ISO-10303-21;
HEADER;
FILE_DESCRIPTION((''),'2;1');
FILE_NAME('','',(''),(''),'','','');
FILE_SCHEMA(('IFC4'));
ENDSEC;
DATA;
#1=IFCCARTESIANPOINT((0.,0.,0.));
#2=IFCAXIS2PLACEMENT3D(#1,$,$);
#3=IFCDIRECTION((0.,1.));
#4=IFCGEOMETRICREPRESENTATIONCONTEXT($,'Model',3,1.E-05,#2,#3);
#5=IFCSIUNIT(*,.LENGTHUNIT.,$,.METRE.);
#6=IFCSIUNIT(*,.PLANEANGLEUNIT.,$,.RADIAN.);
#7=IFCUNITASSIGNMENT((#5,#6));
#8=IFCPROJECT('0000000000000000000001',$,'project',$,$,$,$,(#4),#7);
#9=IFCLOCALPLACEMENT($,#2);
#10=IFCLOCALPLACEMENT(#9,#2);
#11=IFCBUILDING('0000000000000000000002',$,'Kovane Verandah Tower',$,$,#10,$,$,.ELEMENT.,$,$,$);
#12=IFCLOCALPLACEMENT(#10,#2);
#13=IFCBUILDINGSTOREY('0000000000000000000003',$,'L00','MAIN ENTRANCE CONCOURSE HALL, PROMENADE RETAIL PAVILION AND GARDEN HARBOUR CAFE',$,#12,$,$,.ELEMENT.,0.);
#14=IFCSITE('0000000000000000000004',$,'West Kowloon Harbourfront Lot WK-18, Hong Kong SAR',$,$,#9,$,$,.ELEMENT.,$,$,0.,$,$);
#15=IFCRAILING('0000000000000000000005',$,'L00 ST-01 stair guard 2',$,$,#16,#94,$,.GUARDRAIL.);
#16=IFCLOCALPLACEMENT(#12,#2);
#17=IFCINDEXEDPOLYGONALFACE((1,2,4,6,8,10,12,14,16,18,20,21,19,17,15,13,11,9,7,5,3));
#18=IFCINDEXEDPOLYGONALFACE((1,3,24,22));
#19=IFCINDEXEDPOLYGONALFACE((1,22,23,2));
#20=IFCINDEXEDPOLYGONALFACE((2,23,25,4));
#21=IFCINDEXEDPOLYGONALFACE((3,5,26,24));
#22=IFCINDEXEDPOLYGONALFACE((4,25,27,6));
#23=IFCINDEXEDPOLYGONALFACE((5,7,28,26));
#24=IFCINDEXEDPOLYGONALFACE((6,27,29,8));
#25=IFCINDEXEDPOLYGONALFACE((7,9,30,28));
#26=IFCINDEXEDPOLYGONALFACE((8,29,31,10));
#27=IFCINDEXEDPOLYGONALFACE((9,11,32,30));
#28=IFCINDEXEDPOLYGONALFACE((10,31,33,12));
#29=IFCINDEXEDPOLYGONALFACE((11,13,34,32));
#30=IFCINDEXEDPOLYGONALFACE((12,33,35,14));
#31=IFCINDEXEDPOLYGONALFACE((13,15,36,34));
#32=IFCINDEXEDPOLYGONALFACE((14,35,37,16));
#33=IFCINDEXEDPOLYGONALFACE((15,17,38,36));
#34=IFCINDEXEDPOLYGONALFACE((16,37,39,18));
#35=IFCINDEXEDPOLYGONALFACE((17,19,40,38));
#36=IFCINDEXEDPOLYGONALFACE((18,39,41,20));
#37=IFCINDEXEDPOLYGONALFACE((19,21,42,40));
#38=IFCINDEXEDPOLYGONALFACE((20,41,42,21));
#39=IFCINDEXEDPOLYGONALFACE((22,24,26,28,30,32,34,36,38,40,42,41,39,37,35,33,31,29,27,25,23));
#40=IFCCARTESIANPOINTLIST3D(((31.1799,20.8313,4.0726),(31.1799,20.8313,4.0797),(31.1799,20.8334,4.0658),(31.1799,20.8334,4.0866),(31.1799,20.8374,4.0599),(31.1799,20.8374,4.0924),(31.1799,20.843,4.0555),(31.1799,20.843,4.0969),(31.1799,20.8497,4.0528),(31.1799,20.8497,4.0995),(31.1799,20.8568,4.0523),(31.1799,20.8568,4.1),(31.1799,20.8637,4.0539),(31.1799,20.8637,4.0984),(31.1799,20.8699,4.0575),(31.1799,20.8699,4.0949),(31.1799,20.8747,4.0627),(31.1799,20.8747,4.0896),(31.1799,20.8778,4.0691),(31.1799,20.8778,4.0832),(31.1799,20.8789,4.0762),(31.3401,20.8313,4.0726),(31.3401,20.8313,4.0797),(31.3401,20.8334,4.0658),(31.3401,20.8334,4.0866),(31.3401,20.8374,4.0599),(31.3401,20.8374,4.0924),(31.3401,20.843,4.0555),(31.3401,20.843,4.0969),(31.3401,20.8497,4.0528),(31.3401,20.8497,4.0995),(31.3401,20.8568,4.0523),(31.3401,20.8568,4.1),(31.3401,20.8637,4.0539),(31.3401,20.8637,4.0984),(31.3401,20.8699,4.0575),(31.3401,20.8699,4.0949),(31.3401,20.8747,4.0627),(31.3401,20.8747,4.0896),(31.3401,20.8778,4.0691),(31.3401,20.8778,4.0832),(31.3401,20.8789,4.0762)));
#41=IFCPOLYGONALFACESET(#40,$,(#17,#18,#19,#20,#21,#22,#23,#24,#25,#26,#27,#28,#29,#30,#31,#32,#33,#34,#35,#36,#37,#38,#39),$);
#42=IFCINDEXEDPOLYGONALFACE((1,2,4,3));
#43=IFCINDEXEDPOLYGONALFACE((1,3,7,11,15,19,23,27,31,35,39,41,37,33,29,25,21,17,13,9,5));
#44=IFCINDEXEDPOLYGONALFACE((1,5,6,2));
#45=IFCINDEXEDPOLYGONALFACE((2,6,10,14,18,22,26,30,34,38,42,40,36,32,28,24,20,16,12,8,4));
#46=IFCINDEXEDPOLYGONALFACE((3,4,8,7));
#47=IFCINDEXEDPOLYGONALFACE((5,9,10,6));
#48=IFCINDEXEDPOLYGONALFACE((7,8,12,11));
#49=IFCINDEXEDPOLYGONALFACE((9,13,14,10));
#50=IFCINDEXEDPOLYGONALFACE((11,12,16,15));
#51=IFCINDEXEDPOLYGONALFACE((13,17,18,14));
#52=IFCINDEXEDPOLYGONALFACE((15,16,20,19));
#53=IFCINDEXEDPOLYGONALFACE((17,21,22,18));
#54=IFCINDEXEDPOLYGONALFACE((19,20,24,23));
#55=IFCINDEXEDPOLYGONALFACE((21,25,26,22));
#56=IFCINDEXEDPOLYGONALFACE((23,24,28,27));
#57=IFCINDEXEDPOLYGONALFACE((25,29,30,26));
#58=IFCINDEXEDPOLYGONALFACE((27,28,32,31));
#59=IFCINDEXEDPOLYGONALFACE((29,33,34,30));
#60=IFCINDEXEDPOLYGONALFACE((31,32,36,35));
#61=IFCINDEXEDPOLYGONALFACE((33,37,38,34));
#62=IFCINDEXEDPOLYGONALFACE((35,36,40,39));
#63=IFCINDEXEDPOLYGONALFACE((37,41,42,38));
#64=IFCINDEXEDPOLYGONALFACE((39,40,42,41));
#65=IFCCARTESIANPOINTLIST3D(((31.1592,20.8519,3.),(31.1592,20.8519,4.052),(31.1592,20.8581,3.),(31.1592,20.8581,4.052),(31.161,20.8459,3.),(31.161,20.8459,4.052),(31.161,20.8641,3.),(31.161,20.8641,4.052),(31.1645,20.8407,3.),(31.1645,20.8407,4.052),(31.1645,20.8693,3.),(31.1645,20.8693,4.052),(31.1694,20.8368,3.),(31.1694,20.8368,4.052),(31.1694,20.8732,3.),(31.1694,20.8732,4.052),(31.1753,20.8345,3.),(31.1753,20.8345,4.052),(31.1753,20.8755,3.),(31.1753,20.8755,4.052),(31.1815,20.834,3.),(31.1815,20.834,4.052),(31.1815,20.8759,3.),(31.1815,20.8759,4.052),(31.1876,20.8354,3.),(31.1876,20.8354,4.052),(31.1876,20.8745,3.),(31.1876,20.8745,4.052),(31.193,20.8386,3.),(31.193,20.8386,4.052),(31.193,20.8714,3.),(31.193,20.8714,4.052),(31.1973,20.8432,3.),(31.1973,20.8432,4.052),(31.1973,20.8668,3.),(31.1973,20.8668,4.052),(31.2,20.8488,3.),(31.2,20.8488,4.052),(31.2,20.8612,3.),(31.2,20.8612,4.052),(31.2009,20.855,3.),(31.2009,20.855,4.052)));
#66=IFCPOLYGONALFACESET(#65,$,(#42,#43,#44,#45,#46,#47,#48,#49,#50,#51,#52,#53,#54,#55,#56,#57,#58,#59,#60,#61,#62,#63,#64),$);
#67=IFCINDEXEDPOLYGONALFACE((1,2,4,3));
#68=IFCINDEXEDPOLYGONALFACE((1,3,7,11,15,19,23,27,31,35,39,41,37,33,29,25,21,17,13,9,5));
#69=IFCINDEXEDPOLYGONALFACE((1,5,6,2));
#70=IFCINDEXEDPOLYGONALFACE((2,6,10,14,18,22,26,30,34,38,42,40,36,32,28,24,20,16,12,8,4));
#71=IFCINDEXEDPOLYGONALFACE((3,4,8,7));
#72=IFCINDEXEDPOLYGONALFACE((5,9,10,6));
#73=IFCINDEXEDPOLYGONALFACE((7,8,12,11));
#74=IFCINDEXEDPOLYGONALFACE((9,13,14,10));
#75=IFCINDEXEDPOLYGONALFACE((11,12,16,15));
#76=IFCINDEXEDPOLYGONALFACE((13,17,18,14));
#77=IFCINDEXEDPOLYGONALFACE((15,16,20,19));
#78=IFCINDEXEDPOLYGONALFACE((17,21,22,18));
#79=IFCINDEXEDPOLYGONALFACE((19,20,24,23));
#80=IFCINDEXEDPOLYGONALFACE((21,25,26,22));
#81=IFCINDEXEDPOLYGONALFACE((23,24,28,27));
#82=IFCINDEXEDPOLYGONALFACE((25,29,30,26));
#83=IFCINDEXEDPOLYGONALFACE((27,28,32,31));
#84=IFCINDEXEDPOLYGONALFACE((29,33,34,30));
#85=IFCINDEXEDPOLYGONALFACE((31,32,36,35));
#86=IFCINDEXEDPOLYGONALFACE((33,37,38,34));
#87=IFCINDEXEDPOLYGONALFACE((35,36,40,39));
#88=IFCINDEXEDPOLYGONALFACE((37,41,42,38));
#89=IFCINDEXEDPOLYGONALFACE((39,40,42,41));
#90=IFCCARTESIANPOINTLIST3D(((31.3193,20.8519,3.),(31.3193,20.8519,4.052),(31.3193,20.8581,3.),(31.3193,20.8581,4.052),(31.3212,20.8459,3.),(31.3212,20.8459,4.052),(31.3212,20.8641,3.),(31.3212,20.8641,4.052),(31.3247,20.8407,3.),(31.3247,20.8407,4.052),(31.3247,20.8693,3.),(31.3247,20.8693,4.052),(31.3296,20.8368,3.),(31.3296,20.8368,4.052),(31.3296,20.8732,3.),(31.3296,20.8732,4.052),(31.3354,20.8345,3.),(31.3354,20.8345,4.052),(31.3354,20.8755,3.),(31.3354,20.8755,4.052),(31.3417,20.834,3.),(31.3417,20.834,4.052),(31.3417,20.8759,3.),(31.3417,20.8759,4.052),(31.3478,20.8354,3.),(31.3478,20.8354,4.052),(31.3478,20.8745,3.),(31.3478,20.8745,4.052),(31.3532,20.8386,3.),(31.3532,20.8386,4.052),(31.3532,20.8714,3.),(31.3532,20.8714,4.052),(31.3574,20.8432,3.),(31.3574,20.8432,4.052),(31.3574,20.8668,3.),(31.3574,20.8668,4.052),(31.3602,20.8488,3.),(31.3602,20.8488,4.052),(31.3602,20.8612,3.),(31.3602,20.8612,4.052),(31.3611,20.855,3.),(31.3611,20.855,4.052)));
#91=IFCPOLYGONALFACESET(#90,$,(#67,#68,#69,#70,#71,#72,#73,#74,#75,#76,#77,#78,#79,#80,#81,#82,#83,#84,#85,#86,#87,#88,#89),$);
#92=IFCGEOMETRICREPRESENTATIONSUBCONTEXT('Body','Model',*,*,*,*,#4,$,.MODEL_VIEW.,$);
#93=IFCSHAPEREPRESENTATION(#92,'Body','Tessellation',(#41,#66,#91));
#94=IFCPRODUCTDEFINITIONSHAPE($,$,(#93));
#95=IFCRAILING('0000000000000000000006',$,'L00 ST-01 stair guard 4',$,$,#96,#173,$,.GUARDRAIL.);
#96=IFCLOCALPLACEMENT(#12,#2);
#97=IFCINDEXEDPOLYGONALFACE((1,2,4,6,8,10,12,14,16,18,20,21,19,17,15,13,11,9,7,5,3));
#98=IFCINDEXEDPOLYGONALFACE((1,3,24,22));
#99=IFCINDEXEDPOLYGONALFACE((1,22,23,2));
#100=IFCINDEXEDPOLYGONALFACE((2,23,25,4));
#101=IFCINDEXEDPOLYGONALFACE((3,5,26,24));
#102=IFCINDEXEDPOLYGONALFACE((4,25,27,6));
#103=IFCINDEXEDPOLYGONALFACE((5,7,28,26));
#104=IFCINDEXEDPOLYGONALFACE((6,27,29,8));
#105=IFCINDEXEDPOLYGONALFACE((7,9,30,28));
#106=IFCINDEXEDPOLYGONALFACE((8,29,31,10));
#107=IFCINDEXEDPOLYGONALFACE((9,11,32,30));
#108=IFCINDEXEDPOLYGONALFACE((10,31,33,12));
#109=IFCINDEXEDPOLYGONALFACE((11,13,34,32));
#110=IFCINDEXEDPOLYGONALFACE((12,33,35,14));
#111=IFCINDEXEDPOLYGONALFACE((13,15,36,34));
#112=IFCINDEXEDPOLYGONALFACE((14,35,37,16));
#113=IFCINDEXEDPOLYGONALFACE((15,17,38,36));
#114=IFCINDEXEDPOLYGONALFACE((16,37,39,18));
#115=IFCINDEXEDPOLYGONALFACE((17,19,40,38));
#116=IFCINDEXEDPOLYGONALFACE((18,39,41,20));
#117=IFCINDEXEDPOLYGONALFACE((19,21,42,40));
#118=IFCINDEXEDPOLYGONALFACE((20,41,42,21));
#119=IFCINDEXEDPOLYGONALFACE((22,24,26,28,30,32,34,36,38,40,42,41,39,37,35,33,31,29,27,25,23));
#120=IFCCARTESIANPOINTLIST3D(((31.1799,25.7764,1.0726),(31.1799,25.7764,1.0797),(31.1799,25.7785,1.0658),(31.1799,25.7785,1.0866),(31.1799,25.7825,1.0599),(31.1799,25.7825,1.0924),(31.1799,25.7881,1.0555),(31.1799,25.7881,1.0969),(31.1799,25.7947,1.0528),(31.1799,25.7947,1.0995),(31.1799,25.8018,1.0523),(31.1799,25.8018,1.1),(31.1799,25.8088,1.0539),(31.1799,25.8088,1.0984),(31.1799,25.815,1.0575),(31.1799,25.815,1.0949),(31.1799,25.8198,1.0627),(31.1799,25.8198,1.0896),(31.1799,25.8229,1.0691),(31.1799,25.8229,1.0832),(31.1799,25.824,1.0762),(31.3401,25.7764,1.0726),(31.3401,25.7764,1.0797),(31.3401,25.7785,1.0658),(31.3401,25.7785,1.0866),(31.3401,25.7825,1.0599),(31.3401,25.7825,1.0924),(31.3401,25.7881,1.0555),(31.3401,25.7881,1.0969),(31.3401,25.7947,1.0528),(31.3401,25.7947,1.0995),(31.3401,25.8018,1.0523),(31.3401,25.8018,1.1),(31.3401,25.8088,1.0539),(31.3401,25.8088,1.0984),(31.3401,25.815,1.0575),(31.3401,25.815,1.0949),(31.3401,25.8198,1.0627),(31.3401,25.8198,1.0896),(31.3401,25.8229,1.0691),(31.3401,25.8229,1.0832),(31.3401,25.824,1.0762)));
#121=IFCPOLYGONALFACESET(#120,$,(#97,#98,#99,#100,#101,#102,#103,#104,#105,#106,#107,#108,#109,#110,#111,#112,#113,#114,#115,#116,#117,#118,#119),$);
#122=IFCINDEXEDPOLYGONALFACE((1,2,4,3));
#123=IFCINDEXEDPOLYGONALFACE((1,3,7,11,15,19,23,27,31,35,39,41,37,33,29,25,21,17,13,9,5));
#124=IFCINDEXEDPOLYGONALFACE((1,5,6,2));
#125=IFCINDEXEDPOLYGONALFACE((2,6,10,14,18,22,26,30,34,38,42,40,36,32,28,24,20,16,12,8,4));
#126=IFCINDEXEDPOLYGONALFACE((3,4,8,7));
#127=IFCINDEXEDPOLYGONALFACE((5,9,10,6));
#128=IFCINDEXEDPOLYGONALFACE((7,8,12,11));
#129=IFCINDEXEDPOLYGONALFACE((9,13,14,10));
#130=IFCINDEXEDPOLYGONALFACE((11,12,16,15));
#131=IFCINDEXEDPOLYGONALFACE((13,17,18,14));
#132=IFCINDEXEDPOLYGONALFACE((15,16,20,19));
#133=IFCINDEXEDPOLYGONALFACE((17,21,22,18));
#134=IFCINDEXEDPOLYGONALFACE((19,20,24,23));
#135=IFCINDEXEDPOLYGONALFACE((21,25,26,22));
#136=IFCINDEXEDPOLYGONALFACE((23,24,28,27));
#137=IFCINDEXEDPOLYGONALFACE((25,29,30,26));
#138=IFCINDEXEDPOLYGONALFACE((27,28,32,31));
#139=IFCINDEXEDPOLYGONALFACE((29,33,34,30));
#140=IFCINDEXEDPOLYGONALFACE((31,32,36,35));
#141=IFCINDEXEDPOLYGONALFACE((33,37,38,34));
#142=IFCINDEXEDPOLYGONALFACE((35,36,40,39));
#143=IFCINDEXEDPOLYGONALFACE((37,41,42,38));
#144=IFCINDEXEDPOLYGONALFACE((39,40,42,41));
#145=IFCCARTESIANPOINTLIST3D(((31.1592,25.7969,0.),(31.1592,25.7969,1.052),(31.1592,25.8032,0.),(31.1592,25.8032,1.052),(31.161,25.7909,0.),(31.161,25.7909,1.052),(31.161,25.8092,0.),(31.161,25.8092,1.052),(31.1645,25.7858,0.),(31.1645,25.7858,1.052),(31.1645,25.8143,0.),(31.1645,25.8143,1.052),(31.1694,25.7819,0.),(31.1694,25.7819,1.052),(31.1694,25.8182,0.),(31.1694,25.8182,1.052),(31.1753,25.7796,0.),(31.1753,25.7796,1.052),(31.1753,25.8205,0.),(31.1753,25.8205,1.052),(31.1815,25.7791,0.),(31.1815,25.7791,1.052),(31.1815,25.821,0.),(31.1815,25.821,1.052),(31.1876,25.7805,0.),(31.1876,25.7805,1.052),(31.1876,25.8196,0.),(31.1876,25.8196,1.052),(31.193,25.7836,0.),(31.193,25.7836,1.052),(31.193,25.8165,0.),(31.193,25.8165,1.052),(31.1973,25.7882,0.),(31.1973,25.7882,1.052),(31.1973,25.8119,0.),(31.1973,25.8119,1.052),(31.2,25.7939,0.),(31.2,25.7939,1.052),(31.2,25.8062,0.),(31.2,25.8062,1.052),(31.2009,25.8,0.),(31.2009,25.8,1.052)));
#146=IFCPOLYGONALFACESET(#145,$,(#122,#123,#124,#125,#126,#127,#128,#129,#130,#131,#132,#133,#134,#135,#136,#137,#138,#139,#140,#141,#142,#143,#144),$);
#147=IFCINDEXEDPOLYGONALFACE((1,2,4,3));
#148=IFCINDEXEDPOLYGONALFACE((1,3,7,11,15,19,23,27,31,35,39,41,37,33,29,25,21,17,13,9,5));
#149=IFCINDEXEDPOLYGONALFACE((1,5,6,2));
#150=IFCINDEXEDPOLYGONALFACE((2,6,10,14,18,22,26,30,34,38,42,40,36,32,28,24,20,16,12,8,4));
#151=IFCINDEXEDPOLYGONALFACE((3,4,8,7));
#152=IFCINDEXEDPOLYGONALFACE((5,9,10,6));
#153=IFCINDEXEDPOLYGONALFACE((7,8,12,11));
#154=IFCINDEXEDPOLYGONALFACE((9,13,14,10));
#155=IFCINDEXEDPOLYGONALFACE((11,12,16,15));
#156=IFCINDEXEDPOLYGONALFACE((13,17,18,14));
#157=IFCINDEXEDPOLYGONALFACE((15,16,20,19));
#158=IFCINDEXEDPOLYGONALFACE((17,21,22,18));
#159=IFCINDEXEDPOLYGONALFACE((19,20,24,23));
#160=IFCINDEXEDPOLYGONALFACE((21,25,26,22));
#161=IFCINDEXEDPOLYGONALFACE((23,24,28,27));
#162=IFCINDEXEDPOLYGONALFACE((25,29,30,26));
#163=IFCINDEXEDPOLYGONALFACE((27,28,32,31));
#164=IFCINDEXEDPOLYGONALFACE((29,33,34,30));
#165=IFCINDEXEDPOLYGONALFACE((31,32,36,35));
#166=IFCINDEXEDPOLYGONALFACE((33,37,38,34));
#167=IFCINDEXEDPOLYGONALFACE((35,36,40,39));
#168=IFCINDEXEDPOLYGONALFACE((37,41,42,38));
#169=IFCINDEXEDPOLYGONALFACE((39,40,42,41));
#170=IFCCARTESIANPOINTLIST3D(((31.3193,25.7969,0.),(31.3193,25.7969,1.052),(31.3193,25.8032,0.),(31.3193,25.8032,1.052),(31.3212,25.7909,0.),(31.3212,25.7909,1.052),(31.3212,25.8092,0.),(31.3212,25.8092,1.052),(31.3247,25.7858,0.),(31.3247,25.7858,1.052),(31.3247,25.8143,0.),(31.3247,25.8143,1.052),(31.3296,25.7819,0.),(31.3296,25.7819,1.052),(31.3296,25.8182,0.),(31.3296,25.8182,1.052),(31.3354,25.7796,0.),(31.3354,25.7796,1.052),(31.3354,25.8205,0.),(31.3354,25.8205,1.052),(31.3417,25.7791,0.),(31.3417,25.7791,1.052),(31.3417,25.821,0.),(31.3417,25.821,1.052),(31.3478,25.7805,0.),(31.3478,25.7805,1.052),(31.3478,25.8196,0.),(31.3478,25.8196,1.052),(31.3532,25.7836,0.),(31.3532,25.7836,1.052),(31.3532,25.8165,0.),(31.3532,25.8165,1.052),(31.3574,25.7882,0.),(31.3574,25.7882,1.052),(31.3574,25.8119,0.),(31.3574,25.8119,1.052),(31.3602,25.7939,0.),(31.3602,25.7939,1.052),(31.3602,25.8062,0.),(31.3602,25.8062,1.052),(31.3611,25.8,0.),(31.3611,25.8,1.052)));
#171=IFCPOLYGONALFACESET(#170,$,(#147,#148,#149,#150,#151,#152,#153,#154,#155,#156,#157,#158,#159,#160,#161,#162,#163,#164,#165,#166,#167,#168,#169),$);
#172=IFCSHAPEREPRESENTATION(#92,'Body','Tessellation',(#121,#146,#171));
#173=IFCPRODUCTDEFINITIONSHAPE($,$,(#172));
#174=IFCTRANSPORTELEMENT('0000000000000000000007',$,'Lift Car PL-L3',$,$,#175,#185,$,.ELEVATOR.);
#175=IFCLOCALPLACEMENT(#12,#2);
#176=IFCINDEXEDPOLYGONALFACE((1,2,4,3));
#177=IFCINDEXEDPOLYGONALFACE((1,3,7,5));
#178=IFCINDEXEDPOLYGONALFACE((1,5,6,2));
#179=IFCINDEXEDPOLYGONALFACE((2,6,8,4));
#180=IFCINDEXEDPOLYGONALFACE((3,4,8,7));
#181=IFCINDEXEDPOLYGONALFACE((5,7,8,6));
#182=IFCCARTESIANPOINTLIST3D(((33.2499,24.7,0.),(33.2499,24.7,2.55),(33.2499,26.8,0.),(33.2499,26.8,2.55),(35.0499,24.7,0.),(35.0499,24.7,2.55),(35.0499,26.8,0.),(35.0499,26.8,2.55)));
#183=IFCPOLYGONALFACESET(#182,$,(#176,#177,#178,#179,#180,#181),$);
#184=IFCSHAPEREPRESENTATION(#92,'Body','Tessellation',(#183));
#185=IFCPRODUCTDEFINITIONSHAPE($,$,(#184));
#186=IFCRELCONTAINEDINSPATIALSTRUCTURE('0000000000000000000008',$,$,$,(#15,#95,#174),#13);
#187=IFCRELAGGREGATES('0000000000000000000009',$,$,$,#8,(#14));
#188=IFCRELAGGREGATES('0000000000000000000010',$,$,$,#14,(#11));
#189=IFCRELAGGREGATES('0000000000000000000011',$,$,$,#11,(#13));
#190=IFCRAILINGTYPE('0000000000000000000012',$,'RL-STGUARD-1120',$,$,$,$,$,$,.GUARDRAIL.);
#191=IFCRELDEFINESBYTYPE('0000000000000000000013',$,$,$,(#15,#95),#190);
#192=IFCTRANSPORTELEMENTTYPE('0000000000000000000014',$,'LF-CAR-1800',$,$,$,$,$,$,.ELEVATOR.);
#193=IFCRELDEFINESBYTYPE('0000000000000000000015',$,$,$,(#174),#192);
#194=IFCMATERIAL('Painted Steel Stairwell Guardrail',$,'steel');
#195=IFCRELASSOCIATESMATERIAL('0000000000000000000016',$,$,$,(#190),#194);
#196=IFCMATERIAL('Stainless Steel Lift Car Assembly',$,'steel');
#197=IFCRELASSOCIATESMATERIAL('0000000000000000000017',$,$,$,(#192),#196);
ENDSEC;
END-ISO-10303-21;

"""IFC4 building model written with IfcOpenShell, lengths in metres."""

from ifc_helpers import new_model, si_unit, direction, frame, origin, origin_2d, place, context, subcontext, project, spatial, rectangle, circle, extrude, material, type_object, element, save


model = new_model("IFC4")

# Units and contexts
model_context = context("Model", 3, precision=1e-05, world=origin(), true_north=direction((0.0, 1.0)))
body_context = subcontext(model_context, "Body", "Model", "MODEL_VIEW")
ifc_project = project(units=[si_unit("LENGTHUNIT", "METRE"), si_unit("PLANEANGLEUNIT", "RADIAN")], contexts=[model_context])

# Site, building, storey
site_placement = place(None, origin())
site = spatial("IfcSite", under=ifc_project, at=site_placement, Name="West Kowloon Harbourfront Lot WK-18, Hong Kong SAR", CompositionType="ELEMENT", RefElevation=0.0)
building_placement = place(site_placement, origin())
building = spatial("IfcBuilding", under=site, at=building_placement, Name="Kovane Verandah Tower", CompositionType="ELEMENT")
storey_placement = place(building_placement, origin())
storey = spatial("IfcBuildingStorey", under=building, at=storey_placement, Name="L00", Description="MAIN ENTRANCE CONCOURSE HALL, PROMENADE RETAIL PAVILION AND GARDEN HARBOUR CAFE", CompositionType="ELEMENT", Elevation=0.0)

# Railings
ifc_material_1 = material(Name="Painted Steel Stairwell Guardrail", Category="steel")
railing_type_1 = type_object("IfcRailingType", Name="RL-STGUARD-1120", PredefinedType="GUARDRAIL", material=ifc_material_1)
railing_1_placement = place(storey_placement, frame((31.1799, 20.855, 3.0)))
element("IfcRailing", 1, at=railing_1_placement, inside=storey, type_object=railing_type_1, Name="L00 ST-01 stair guard 2", PredefinedType="GUARDRAIL", context=body_context, shape_type="SweptSolid", body=[
    extrude(circle(Radius=0.0239, at=origin_2d()), frame((0.0, 0.0, 1.0762), z_axis=(1.0, 0.0, 0.0), x_axis=(0.0, 1.0, 0.0)), (0.0, 0.0, 1.0), 0.1602),
    extrude(circle(Radius=0.021, at=origin_2d()), origin(), (0.0, 0.0, 1.0), 1.052),
    extrude(circle(Radius=0.021, at=origin_2d()), frame((0.1602, 0.0, 0.0)), (0.0, 0.0, 1.0), 1.052),
])
railing_2_placement = place(storey_placement, frame((31.1799, 25.8, 0.0)))
element("IfcRailing", 2, at=railing_2_placement, inside=storey, type_object=railing_type_1, Name="L00 ST-01 stair guard 4", PredefinedType="GUARDRAIL", context=body_context, shape_type="SweptSolid", body=[
    extrude(circle(Radius=0.0239, at=origin_2d()), frame((0.0, 0.0, 1.0762), z_axis=(1.0, 0.0, 0.0), x_axis=(0.0, 1.0, 0.0)), (0.0, 0.0, 1.0), 0.1602),
    extrude(circle(Radius=0.021, at=origin_2d()), origin(), (0.0, 0.0, 1.0), 1.052),
    extrude(circle(Radius=0.021, at=origin_2d()), frame((0.1602, 0.0, 0.0)), (0.0, 0.0, 1.0), 1.052),
])

# Transport element
ifc_material_2 = material(Name="Stainless Steel Lift Car Assembly", Category="steel")
transport_element_type = type_object("IfcTransportElementType", Name="LF-CAR-1800", PredefinedType="ELEVATOR", material=ifc_material_2)
transport_element_placement = place(storey_placement, frame((34.1499, 25.75, 0.0), z_axis=(0.0, 0.0, 1.0), x_axis=(1.0, 0.0, 0.0)))
element("IfcTransportElement", 3, at=transport_element_placement, inside=storey, type_object=transport_element_type, Name="Lift Car PL-L3", PredefinedType="ELEVATOR", context=body_context, shape_type="SweptSolid", body=[
    extrude(rectangle(XDim=1.8, YDim=2.1001, at=origin_2d()), origin(), (0.0, 0.0, 1.0), 2.55),
])

save(model, "model.ifc")
